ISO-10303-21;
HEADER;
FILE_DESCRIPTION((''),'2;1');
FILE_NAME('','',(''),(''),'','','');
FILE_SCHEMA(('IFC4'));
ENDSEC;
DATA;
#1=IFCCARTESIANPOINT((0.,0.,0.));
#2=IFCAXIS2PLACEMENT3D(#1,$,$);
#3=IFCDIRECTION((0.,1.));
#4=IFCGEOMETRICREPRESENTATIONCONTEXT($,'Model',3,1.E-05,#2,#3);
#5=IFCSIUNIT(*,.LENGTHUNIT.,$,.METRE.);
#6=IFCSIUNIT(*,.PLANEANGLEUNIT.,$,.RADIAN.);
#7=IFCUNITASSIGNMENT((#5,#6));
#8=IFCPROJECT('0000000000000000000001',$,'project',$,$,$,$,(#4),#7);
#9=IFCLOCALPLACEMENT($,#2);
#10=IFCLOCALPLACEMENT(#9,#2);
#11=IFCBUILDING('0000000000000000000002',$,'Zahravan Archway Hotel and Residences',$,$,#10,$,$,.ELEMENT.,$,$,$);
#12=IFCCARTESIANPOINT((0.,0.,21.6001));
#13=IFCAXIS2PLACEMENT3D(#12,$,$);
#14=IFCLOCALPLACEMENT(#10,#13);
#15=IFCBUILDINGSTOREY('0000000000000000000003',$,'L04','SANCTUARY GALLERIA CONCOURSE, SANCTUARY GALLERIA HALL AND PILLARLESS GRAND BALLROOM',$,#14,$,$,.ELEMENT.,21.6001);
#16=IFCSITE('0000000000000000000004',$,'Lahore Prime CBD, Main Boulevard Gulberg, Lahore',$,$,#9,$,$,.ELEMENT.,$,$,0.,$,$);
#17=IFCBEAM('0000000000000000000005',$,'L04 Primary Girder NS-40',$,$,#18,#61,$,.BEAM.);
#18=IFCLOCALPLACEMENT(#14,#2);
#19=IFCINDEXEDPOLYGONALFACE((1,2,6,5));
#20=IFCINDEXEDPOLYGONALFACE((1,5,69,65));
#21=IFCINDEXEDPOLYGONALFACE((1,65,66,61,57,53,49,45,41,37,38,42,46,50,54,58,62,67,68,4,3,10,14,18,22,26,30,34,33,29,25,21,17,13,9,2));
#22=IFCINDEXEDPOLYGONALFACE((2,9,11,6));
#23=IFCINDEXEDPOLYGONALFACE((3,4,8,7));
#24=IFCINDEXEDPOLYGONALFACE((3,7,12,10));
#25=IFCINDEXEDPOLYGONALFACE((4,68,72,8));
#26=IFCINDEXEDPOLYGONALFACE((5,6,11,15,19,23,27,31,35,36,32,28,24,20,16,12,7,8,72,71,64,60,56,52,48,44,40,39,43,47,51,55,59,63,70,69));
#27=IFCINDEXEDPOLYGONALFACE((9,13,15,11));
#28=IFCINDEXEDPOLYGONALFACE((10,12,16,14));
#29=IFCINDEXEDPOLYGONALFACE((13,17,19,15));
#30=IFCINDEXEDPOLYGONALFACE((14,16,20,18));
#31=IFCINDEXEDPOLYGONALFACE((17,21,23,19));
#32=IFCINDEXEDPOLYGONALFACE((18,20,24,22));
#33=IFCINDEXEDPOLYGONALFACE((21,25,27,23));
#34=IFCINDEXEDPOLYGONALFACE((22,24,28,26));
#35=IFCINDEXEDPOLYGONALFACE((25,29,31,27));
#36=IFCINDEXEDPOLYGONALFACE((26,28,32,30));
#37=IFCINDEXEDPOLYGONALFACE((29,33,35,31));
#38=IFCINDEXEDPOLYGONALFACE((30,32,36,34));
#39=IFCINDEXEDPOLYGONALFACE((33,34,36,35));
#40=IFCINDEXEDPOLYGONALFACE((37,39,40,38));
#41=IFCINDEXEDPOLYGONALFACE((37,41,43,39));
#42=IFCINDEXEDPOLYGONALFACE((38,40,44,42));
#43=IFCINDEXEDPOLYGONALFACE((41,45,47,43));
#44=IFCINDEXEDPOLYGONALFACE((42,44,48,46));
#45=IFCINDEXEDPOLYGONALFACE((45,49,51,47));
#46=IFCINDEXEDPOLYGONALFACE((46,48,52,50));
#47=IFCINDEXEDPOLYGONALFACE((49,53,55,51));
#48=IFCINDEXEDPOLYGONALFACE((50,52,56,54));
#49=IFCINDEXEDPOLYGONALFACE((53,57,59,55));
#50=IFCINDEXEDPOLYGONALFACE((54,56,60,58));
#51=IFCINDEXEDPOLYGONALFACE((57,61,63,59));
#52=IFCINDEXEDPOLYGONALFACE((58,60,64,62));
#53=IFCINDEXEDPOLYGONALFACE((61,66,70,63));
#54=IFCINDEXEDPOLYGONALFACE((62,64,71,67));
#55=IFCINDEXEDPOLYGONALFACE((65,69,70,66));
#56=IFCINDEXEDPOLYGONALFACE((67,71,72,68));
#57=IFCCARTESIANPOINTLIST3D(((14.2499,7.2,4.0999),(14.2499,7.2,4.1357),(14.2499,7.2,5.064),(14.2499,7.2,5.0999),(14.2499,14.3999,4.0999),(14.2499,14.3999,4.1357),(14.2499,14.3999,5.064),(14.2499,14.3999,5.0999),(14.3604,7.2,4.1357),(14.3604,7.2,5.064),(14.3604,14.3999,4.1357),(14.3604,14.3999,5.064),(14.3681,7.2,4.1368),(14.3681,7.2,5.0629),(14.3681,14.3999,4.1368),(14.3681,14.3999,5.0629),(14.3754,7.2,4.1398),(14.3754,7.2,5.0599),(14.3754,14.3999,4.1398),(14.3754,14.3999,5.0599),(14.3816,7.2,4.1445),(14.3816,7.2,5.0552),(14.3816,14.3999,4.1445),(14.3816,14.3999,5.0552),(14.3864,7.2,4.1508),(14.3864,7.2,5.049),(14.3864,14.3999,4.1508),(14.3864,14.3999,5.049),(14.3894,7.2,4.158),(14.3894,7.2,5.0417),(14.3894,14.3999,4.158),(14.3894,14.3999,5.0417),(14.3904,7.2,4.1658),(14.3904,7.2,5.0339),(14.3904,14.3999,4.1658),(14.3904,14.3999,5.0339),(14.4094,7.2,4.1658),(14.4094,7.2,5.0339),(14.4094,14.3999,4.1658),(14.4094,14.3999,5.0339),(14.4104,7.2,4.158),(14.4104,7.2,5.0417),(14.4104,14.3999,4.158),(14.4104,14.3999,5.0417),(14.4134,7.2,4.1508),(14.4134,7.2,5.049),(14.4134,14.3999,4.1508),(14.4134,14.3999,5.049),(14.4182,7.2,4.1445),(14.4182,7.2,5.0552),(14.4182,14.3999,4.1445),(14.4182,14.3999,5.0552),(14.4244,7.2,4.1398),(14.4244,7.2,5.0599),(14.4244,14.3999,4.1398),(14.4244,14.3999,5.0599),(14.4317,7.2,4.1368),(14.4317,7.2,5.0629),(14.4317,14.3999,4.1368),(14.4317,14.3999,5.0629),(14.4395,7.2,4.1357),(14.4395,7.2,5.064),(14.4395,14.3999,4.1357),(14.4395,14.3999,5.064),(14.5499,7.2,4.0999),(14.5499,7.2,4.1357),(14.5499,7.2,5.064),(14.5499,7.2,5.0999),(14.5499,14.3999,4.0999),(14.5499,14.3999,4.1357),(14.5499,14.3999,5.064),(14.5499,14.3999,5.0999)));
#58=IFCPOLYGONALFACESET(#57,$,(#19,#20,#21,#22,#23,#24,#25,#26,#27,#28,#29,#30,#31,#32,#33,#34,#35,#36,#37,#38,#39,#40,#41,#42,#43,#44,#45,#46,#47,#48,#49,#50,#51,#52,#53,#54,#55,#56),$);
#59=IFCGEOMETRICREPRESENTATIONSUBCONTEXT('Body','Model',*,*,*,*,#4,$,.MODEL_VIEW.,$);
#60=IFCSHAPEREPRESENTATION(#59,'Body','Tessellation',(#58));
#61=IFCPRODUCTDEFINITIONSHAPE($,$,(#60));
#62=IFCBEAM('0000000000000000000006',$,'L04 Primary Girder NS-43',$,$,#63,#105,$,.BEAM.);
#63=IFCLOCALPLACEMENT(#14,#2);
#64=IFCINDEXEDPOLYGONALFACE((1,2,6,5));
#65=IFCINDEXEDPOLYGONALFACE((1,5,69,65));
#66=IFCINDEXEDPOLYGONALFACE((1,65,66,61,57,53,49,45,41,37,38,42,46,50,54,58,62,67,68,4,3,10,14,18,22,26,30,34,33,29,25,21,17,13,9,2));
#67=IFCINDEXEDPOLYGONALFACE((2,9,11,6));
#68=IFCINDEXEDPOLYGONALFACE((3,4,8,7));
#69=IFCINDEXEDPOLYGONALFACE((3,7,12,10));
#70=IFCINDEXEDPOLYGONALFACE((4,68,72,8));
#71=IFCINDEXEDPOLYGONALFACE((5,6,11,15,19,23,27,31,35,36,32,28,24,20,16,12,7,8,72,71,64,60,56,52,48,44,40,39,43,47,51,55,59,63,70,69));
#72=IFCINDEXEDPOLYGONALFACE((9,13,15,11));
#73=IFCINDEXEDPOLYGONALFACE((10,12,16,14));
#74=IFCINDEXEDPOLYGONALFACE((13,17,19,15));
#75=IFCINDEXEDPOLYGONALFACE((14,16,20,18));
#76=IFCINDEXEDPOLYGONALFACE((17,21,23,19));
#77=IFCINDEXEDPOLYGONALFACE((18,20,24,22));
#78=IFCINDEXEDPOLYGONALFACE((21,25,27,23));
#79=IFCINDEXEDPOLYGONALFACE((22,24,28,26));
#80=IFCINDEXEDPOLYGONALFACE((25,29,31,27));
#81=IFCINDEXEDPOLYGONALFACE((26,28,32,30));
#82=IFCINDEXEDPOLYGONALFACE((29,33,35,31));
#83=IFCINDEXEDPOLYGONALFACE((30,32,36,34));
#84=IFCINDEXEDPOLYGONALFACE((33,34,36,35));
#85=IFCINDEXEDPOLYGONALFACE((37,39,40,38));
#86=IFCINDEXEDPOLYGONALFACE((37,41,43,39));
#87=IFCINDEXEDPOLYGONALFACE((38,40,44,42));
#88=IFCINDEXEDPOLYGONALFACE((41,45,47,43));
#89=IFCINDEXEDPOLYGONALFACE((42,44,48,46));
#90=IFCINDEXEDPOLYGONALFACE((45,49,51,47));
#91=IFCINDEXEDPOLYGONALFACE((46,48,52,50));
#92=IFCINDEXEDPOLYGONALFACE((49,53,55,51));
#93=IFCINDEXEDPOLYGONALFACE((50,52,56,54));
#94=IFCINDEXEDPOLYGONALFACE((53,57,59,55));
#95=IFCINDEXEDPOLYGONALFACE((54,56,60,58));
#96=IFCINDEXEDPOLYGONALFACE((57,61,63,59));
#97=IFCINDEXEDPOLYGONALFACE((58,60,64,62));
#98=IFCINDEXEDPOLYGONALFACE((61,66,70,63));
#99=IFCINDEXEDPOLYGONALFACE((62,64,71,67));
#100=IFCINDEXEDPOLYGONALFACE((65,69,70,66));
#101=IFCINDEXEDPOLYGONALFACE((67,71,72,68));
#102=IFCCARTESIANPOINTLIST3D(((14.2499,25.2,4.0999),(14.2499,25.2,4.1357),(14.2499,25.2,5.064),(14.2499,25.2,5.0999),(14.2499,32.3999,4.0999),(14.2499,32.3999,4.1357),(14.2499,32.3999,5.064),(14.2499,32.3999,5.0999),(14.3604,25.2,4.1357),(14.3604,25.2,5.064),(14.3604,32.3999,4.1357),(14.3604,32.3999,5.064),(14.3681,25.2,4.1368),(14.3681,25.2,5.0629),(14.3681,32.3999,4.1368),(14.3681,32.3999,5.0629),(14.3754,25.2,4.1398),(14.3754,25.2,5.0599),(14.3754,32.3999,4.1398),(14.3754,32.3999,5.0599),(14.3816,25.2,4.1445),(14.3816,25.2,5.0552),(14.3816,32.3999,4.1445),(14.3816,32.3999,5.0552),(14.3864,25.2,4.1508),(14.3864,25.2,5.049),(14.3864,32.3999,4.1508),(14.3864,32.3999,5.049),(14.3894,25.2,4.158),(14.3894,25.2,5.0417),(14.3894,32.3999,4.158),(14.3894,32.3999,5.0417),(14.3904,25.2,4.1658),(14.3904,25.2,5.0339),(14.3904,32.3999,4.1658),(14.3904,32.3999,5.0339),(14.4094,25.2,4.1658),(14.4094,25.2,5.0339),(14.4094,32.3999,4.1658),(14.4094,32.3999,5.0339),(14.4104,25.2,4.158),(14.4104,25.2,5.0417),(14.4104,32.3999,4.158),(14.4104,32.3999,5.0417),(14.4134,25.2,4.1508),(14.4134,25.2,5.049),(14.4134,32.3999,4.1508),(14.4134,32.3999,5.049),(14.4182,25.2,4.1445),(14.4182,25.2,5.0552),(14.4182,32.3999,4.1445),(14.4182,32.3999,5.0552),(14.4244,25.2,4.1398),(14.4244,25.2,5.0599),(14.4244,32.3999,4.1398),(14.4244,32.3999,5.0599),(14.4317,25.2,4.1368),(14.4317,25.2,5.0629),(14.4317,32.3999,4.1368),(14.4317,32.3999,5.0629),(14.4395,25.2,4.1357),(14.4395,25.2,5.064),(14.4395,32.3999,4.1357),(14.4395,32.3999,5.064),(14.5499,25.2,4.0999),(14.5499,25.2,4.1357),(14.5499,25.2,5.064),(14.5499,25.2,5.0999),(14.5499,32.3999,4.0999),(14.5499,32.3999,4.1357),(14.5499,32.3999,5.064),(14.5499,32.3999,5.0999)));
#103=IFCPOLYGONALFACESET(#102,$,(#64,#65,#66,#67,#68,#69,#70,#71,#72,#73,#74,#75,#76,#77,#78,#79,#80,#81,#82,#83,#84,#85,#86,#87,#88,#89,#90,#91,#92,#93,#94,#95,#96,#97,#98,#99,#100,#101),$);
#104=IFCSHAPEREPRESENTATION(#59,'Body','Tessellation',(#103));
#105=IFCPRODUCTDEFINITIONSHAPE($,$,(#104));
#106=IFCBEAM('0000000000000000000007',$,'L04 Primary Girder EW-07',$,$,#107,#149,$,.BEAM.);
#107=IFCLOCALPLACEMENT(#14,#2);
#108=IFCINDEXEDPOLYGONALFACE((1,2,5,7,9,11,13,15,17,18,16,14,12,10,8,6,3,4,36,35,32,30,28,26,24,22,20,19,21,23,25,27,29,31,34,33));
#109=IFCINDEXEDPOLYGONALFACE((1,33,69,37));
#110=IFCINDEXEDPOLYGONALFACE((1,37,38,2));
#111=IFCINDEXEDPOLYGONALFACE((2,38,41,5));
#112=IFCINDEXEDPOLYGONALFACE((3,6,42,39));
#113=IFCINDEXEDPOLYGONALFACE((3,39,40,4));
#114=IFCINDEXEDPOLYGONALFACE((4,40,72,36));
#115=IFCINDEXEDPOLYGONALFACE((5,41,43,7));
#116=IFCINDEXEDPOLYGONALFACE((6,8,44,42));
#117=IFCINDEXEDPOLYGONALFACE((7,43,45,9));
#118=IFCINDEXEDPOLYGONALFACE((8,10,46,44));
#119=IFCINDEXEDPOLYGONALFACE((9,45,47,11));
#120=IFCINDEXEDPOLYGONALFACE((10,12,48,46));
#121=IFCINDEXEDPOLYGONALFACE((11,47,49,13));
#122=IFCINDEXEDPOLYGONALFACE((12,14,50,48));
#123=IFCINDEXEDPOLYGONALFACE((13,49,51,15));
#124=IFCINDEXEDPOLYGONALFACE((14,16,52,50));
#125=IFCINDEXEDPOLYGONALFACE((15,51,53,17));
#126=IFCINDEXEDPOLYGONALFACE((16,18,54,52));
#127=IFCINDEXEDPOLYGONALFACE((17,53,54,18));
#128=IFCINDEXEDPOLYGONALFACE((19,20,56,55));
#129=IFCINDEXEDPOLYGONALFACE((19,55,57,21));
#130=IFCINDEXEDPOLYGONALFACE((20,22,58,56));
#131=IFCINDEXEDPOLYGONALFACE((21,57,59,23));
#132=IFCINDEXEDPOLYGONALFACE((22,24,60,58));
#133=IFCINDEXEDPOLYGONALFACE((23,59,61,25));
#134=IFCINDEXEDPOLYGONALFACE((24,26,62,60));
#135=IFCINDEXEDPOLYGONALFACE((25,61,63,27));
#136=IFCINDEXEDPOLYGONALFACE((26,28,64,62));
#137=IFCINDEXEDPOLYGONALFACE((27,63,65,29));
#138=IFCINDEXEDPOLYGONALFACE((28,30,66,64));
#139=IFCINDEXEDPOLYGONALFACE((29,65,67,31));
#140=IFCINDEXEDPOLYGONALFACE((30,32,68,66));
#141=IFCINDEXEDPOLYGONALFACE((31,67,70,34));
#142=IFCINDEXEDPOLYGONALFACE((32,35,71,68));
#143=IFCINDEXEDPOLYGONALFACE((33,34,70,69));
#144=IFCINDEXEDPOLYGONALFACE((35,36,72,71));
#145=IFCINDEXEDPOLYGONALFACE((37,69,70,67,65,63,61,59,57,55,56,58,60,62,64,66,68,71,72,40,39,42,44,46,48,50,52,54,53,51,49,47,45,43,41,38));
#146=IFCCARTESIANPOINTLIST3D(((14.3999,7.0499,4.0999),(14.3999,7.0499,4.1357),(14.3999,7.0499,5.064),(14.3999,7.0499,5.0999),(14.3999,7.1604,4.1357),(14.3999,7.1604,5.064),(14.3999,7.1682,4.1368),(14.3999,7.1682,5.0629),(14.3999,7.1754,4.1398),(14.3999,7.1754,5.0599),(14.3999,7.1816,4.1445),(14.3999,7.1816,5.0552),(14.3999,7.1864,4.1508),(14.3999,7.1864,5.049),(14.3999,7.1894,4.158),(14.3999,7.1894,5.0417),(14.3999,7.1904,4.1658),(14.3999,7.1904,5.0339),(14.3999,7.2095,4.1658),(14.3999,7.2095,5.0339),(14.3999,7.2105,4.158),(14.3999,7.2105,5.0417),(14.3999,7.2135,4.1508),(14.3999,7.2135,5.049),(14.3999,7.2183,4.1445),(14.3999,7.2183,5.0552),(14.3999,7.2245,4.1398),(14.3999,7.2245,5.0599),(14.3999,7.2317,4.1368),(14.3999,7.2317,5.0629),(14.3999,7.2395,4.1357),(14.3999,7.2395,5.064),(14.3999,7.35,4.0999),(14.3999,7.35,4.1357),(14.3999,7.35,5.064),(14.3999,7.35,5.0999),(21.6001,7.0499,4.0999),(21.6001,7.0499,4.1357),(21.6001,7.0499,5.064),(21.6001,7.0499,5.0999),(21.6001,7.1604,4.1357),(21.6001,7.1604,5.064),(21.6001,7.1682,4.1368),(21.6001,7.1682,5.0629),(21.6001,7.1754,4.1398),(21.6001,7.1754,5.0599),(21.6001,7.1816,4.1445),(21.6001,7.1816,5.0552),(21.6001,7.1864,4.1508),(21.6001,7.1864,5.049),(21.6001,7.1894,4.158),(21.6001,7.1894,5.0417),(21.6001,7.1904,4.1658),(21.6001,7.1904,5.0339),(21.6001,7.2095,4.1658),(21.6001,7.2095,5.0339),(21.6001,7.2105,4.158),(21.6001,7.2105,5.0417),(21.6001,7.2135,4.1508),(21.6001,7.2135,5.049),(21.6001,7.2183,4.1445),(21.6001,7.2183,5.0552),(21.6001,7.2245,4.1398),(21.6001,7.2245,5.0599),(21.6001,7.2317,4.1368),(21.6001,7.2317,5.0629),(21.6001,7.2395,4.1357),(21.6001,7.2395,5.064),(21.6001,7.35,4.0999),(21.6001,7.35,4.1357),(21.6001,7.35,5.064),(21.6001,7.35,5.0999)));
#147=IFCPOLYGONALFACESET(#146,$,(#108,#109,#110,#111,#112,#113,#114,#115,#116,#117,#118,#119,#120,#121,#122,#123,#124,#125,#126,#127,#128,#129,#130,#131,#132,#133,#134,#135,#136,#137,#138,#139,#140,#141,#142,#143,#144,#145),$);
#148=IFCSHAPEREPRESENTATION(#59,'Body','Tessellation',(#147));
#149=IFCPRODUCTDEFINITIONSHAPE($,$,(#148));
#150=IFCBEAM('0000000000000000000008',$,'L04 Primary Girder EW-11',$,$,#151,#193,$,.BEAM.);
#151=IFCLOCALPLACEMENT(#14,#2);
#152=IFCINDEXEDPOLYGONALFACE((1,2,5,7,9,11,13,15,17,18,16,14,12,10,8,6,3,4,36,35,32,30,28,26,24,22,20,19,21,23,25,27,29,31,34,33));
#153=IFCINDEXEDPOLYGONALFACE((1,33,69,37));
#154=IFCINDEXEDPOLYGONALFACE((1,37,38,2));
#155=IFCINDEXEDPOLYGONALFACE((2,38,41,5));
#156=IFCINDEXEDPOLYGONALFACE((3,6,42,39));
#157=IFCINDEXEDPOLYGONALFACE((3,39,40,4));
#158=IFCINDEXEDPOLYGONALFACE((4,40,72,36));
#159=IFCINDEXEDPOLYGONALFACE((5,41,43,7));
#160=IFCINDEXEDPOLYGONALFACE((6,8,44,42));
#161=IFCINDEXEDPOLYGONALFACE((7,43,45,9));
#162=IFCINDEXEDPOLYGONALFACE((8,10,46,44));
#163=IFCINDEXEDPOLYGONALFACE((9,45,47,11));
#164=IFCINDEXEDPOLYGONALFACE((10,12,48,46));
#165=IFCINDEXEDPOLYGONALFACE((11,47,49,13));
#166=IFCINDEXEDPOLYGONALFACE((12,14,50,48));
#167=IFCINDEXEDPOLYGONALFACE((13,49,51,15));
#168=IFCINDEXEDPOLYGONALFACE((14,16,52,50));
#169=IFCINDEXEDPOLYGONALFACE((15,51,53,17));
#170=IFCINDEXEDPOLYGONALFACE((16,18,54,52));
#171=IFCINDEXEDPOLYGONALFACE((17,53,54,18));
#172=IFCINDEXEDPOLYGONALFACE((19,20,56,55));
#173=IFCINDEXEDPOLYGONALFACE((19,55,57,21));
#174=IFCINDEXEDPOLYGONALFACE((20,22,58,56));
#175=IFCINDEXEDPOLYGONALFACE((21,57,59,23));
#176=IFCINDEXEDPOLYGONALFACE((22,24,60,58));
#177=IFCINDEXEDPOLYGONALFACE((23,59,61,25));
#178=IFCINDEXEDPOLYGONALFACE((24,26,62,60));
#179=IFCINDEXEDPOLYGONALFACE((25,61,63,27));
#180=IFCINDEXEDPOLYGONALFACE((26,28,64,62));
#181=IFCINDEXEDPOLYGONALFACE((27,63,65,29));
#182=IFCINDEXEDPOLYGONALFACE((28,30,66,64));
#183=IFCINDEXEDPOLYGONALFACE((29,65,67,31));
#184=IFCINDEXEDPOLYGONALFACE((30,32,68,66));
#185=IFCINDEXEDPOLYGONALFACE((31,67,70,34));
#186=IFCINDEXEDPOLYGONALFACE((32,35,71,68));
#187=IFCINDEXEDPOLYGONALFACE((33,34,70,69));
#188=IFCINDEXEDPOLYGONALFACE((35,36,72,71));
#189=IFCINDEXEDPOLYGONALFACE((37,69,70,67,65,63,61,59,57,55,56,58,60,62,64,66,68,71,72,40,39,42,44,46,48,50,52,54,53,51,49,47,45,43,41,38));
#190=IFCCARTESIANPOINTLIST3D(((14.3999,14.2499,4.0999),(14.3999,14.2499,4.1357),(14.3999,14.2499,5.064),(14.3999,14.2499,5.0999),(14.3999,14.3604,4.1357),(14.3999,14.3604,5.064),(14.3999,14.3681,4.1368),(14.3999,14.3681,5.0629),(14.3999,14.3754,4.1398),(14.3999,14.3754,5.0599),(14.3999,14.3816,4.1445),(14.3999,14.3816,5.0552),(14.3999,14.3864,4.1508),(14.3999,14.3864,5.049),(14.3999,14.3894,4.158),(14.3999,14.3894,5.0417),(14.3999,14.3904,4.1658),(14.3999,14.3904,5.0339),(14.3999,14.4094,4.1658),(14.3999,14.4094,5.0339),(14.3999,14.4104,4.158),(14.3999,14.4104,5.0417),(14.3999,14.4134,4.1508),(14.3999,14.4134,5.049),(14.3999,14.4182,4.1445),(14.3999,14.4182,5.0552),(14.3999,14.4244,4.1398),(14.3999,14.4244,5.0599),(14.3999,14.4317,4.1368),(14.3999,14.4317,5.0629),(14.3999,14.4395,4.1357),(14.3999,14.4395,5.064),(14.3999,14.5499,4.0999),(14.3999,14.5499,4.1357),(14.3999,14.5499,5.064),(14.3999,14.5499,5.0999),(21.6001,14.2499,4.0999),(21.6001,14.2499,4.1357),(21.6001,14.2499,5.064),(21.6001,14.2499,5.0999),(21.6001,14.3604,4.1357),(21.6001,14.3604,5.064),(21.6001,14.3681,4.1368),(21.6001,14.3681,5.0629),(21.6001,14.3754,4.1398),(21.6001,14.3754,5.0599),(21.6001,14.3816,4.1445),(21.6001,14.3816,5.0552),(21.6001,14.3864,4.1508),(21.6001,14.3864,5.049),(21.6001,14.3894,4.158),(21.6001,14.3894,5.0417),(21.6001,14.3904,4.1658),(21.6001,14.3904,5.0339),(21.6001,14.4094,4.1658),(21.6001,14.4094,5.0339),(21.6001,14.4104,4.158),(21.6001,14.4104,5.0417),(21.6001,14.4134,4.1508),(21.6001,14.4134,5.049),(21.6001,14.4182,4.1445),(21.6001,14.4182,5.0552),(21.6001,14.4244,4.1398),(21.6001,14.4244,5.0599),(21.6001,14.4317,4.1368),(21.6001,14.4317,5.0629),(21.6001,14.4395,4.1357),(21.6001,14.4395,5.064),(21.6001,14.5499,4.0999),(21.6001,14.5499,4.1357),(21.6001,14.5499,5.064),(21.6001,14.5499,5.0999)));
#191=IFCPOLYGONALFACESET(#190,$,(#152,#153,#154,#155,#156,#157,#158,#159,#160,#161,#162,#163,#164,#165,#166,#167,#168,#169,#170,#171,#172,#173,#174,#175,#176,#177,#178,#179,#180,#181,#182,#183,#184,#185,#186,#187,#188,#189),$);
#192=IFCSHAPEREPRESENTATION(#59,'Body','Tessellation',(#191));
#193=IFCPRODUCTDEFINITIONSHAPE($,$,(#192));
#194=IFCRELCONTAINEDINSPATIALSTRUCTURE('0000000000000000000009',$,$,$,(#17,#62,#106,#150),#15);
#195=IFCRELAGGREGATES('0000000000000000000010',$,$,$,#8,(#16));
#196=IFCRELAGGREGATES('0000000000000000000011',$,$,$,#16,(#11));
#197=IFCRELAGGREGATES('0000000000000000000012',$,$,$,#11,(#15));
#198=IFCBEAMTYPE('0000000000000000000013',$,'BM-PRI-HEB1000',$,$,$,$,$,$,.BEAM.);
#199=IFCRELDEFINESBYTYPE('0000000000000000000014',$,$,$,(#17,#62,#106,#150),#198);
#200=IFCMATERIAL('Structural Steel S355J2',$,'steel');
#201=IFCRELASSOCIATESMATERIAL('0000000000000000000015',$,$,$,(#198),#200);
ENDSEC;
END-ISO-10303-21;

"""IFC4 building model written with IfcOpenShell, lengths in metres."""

from ifc_helpers import new_model, si_unit, direction, frame, origin, origin_2d, place, context, subcontext, project, spatial, i_section, extrude, source, transform, mapped, material, material_profile, profile_set, type_object, element, save


model = new_model("IFC4")

# Units and contexts
model_context = context("Model", 3, precision=1e-05, world=origin(), true_north=direction((0.0, 1.0)))
body_context = subcontext(model_context, "Body", "Model", "MODEL_VIEW")
ifc_project = project(units=[si_unit("LENGTHUNIT", "METRE"), si_unit("PLANEANGLEUNIT", "RADIAN")], contexts=[model_context])

# Site, building, storey
site_placement = place(None, origin())
site = spatial("IfcSite", under=ifc_project, at=site_placement, Name="Lahore Prime CBD, Main Boulevard Gulberg, Lahore", CompositionType="ELEMENT", RefElevation=0.0)
building_placement = place(site_placement, origin())
building = spatial("IfcBuilding", under=site, at=building_placement, Name="Zahravan Archway Hotel and Residences", CompositionType="ELEMENT")
storey_placement = place(building_placement, frame((0.0, 0.0, 21.6001)))
storey = spatial("IfcBuildingStorey", under=building, at=storey_placement, Name="L04", Description="SANCTUARY GALLERIA CONCOURSE, SANCTUARY GALLERIA HALL AND PILLARLESS GRAND BALLROOM", CompositionType="ELEMENT", Elevation=21.6001)

# Beams
ifc_material_1 = material(Name="Structural Steel S355J2", Category="steel")
ifc_material_profile_1 = material_profile(ifc_material_1, i_section(OverallWidth=0.3, OverallDepth=1.0, WebThickness=0.019, FlangeThickness=0.0359, FilletRadius=0.03, at=origin_2d()), Name="HEB 1000", Category="steel")
ifc_profile_set_1 = profile_set([ifc_material_profile_1], Name="Structural Steel S355J2")
beam_type_1 = type_object("IfcBeamType", Name="BM-PRI-HEB1000", PredefinedType="BEAM", material=ifc_profile_set_1)
shared_shape_1 = source(origin(), body_context, "Body", "SweptSolid", [
    extrude(i_section(OverallWidth=0.3, OverallDepth=1.0, WebThickness=0.019, FlangeThickness=0.0359, FilletRadius=0.03, at=origin_2d()), origin(), (0.0, 0.0, 1.0), 7.2),
])
for number, where, z_axis, x_axis, name in (
    (1, (14.3999, 7.2, 4.5999), (0.0, 1.0, 0.0), (-1.0, 0.0, 0.0), "L04 Primary Girder NS-40"),
    (2, (14.3999, 25.2, 4.5999), (0.0, 1.0, 0.0), (-1.0, 0.0, 0.0), "L04 Primary Girder NS-43"),
):
    element("IfcBeam", number, at=place(storey_placement, frame(where, z_axis=z_axis, x_axis=x_axis)), inside=storey, type_object=beam_type_1, Name=name, PredefinedType="BEAM", context=body_context, shape_type="MappedRepresentation", body=[
        mapped(shared_shape_1, transform((0.0, 0.0, 0.0), scale=1.0)),
    ])
shared_shape_2 = source(origin(), body_context, "Body", "SweptSolid", [
    extrude(i_section(OverallWidth=0.3, OverallDepth=1.0, WebThickness=0.019, FlangeThickness=0.0359, FilletRadius=0.03, at=origin_2d()), origin(), (0.0, 0.0, 1.0), 7.2002),
])
for number, where, z_axis, x_axis, name in (
    (3, (14.3999, 7.2, 4.5999), (1.0, 0.0, 0.0), (0.0, 1.0, 0.0), "L04 Primary Girder EW-07"),
    (4, (14.3999, 14.3999, 4.5999), (1.0, 0.0, 0.0), (0.0, 1.0, 0.0), "L04 Primary Girder EW-11"),
):
    element("IfcBeam", number, at=place(storey_placement, frame(where, z_axis=z_axis, x_axis=x_axis)), inside=storey, type_object=beam_type_1, Name=name, PredefinedType="BEAM", context=body_context, shape_type="MappedRepresentation", body=[
        mapped(shared_shape_2, transform((0.0, 0.0, 0.0), scale=1.0)),
    ])

save(model, "model.ifc")
